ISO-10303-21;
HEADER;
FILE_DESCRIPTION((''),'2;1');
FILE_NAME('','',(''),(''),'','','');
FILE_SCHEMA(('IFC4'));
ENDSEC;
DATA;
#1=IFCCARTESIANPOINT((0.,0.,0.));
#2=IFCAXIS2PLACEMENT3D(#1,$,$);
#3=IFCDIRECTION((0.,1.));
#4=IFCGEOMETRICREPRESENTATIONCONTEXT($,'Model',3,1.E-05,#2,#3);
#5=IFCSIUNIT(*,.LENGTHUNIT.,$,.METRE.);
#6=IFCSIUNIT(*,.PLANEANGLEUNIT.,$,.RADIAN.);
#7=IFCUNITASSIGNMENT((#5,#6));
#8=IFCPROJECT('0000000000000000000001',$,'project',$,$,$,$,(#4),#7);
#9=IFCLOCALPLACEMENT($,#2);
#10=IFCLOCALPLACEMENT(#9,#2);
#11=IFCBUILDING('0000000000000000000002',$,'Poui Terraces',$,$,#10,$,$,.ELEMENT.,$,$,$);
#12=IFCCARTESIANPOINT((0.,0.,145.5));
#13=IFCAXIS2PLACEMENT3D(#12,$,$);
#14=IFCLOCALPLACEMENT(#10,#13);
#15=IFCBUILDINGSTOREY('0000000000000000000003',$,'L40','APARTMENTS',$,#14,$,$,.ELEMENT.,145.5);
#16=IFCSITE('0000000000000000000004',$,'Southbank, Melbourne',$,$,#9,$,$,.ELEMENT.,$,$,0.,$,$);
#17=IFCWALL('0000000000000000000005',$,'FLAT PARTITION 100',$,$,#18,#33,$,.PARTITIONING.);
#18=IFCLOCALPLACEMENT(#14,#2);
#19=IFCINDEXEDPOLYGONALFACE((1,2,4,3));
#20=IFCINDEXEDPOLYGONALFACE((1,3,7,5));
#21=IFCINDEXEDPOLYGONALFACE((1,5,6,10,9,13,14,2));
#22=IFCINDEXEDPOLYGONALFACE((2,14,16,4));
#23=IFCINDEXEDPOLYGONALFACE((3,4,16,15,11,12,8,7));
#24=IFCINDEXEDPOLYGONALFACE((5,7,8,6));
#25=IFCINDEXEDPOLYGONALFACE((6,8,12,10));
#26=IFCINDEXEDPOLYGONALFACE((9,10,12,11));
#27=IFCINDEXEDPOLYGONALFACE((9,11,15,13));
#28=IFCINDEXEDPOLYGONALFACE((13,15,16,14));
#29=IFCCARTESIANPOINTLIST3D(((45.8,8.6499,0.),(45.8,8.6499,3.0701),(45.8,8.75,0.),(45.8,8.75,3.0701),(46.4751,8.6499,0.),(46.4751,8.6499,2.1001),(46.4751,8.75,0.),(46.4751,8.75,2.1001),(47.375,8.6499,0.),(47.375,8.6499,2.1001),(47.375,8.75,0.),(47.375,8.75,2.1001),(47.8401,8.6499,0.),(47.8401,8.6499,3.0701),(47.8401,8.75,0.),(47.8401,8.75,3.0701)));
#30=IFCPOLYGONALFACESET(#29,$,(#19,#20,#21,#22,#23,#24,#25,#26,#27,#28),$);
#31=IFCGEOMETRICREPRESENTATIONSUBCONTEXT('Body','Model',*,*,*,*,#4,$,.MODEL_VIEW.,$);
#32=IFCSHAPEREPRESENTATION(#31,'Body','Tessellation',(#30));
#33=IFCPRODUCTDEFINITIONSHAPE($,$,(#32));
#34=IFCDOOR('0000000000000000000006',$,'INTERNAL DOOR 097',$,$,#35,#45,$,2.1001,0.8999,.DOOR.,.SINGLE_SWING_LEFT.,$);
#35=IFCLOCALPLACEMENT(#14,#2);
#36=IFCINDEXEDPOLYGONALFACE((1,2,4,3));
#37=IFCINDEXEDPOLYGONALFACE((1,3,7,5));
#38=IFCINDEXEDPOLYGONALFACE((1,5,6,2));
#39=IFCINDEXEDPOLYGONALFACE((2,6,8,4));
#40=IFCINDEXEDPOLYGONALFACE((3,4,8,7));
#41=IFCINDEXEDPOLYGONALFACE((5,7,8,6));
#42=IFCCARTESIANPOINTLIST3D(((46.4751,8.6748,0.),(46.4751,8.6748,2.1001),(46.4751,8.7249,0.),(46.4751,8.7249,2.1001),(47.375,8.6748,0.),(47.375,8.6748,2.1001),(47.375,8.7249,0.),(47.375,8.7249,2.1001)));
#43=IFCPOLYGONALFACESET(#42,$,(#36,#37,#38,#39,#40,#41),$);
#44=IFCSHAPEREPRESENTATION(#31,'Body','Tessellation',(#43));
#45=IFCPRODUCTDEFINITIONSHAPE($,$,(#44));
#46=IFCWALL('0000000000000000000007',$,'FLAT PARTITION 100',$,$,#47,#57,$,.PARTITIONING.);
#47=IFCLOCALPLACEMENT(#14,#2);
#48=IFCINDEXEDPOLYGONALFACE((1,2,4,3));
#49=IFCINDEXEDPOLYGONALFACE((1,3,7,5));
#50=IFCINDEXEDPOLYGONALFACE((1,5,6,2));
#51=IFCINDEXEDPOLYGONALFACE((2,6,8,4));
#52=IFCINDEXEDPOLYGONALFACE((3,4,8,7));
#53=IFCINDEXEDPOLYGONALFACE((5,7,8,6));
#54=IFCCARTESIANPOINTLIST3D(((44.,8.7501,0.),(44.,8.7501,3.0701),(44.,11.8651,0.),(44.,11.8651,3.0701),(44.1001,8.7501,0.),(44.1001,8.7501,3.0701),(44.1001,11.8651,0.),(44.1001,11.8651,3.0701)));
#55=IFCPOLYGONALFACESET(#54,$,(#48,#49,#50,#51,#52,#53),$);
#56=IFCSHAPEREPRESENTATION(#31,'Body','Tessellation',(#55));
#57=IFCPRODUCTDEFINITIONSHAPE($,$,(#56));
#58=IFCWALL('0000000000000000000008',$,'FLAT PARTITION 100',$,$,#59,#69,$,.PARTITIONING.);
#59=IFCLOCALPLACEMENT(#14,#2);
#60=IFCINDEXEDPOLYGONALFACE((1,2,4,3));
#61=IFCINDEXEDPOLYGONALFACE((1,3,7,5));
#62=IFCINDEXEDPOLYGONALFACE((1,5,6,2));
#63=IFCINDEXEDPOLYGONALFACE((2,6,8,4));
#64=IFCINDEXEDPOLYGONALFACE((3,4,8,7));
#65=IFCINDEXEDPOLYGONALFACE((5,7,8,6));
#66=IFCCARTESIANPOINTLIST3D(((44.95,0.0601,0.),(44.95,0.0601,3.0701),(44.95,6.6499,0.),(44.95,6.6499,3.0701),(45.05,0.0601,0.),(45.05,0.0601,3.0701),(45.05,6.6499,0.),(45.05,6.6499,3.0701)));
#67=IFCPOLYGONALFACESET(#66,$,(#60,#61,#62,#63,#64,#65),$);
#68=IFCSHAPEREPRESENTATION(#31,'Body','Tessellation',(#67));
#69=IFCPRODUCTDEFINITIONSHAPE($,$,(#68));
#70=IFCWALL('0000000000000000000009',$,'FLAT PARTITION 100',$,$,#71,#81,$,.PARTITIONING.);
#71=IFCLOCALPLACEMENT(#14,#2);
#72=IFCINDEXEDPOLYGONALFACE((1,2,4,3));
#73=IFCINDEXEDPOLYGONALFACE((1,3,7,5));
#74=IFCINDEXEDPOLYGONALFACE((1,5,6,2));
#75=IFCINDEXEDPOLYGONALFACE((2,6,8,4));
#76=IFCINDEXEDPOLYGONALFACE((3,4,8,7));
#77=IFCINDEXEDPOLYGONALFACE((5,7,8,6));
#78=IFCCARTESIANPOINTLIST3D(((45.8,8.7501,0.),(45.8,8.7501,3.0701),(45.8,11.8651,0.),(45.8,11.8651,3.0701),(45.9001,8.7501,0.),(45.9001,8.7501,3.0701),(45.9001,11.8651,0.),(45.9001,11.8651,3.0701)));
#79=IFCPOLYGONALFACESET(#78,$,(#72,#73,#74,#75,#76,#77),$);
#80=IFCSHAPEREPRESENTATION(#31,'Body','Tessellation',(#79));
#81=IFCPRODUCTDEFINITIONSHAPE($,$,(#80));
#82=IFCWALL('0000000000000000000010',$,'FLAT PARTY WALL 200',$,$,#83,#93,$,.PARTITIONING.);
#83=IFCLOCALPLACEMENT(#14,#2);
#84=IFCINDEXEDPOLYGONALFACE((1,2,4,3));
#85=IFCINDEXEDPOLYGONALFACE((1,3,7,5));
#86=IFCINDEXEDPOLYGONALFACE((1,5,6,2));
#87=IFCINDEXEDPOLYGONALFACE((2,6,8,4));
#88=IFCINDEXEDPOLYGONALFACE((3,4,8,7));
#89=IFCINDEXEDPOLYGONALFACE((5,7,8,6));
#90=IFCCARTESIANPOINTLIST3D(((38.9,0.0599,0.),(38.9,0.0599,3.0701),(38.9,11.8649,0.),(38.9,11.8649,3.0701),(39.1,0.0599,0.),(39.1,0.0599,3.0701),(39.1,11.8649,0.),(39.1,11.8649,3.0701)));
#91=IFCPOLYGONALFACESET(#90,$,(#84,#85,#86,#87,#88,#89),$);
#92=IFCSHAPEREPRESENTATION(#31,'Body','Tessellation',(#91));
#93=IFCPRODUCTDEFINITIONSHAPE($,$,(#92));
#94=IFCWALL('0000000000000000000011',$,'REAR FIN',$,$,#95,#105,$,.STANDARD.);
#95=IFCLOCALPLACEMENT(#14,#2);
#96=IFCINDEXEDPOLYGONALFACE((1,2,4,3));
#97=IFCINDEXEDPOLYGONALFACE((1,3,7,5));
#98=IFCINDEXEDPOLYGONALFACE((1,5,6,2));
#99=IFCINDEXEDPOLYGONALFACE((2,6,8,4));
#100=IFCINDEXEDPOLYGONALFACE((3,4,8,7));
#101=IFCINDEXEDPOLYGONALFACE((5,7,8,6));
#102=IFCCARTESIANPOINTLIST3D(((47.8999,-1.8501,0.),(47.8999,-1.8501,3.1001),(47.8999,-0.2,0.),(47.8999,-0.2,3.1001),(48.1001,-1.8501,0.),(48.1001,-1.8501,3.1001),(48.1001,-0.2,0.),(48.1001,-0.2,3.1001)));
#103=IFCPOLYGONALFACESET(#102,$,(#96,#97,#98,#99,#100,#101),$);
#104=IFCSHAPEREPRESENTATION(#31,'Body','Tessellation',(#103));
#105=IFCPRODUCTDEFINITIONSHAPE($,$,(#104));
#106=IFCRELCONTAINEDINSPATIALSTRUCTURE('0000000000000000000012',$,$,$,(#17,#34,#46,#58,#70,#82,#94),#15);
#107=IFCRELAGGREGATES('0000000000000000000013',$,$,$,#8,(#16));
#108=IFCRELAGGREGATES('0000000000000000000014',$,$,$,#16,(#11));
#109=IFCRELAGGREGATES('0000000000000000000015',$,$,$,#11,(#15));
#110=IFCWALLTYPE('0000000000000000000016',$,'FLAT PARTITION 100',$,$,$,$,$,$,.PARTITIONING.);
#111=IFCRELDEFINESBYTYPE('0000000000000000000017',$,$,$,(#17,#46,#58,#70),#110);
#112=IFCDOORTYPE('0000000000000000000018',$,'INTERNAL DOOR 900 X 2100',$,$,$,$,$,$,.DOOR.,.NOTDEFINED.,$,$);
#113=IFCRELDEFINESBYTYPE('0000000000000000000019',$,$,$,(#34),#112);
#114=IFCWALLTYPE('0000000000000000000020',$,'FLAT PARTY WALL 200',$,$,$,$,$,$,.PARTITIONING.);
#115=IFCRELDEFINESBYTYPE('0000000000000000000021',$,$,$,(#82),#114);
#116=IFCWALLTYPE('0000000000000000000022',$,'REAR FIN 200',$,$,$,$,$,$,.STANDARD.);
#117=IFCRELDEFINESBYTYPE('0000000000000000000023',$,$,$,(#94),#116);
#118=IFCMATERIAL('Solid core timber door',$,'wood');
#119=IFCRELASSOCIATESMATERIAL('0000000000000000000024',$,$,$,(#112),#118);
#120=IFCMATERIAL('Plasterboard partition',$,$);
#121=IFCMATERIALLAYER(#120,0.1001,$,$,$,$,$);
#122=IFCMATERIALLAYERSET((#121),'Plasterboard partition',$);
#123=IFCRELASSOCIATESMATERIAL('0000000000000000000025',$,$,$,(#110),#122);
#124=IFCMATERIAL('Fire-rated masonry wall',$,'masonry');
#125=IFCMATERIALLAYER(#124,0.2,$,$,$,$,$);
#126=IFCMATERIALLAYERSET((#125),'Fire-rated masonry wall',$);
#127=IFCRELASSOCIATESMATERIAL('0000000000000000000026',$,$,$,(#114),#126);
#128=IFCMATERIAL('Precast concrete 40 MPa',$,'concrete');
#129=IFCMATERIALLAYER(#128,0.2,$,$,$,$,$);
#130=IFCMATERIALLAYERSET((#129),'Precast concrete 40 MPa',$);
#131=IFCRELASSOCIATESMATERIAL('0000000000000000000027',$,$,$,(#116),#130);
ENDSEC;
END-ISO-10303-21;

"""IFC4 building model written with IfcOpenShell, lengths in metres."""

from ifc_helpers import new_model, si_unit, direction, frame, frame_2d, origin, place, context, subcontext, project, spatial, polyline, rectangle, outline, extrude, source, transform, mapped, material, layer, layer_set, type_object, element, fill, save


model = new_model("IFC4")

# Units and contexts
model_context = context("Model", 3, precision=1e-05, world=origin(), true_north=direction((0.0, 1.0)))
body_context = subcontext(model_context, "Body", "Model", "MODEL_VIEW")
ifc_project = project(units=[si_unit("LENGTHUNIT", "METRE"), si_unit("PLANEANGLEUNIT", "RADIAN")], contexts=[model_context])

# Site, building, storey
site_placement = place(None, origin())
site = spatial("IfcSite", under=ifc_project, at=site_placement, Name="Southbank, Melbourne", CompositionType="ELEMENT", RefElevation=0.0)
building_placement = place(site_placement, origin())
building = spatial("IfcBuilding", under=site, at=building_placement, Name="Poui Terraces", CompositionType="ELEMENT")
storey_placement = place(building_placement, frame((0.0, 0.0, 145.5)))
storey = spatial("IfcBuildingStorey", under=building, at=storey_placement, Name="L40", Description="APARTMENTS", CompositionType="ELEMENT", Elevation=145.5)

# Wall, opening, door
ifc_material_1 = material(Name="Solid core timber door", Category="wood")
door_type_1 = type_object("IfcDoorType", Name="INTERNAL DOOR 900 X 2100", OperationType="NOTDEFINED", PredefinedType="DOOR", material=ifc_material_1)
ifc_material_2 = material(Name="Plasterboard partition")
ifc_layer_1 = layer(ifc_material_2, 0.1001)
ifc_layer_set_1 = layer_set([ifc_layer_1], Name="Plasterboard partition")
wall_type_1 = type_object("IfcWallType", Name="FLAT PARTITION 100", PredefinedType="PARTITIONING", material=ifc_layer_set_1)
wall_1_placement = place(storey_placement, frame((45.8, 8.7, 0.0), z_axis=(0.0, 0.0, 1.0), x_axis=(1.0, 0.0, 0.0)))
wall_1 = element("IfcWall", 1, at=wall_1_placement, inside=storey, type_object=wall_type_1, Name="FLAT PARTITION 100", PredefinedType="PARTITIONING", context=body_context, shape_type="SweptSolid", body=[
    extrude(rectangle(XDim=2.04, YDim=0.1001, at=frame_2d((1.02, 0.0))), origin(), (0.0, 0.0, 1.0), 3.0701),
])
opening_1_placement = place(wall_1_placement, frame((0.675, 0.0, 0.0)))
opening_1 = element("IfcOpeningElement", 2, at=opening_1_placement, cuts=wall_1, PredefinedType="OPENING", context=body_context, shape_type="SweptSolid", body=[
    extrude(rectangle(XDim=0.8999, YDim=2.1001, at=frame_2d((0.45, 1.05))), frame((0.0, 0.0601, 0.0), z_axis=(0.0, -1.0, 0.0), x_axis=(1.0, 0.0, 0.0)), (0.0, 0.0, 1.0), 0.1201),
])
door_1_placement = place(opening_1_placement, origin())
door_1 = element("IfcDoor", 3, at=door_1_placement, inside=storey, type_object=door_type_1, Name="INTERNAL DOOR 097", OperationType="SINGLE_SWING_LEFT", OverallHeight=2.1001, OverallWidth=0.8999, PredefinedType="DOOR", context=body_context, shape_type="SweptSolid", body=[
    extrude(rectangle(XDim=0.8999, YDim=2.1001, at=frame_2d((0.45, 1.05))), frame((0.0, 0.0249, 0.0), z_axis=(0.0, -1.0, 0.0), x_axis=(1.0, 0.0, 0.0)), (0.0, 0.0, 1.0), 0.05),
])
fill(opening_1, door_1)

# Walls
wall_2_placement = place(storey_placement, frame((44.05, 8.75, 0.0), z_axis=(0.0, 0.0, 1.0), x_axis=(0.0, 1.0, 0.0)))
element("IfcWall", 4, at=wall_2_placement, inside=storey, type_object=wall_type_1, Name="FLAT PARTITION 100", PredefinedType="PARTITIONING", context=body_context, shape_type="SweptSolid", body=[
    extrude(rectangle(XDim=3.115, YDim=0.1001, at=frame_2d((1.5576, 0.0))), origin(), (0.0, 0.0, 1.0), 3.0701),
])
wall_3_placement = place(storey_placement, frame((45.0, 0.0601, 0.0), z_axis=(0.0, 0.0, 1.0), x_axis=(0.0, 1.0, 0.0)))
element("IfcWall", 5, at=wall_3_placement, inside=storey, type_object=wall_type_1, Name="FLAT PARTITION 100", PredefinedType="PARTITIONING", context=body_context, shape_type="SweptSolid", body=[
    extrude(rectangle(XDim=6.5898, YDim=0.1001, at=frame_2d((3.2949, 0.0))), origin(), (0.0, 0.0, 1.0), 3.0701),
])
wall_4_placement = place(storey_placement, frame((45.8501, 8.75, 0.0), z_axis=(0.0, 0.0, 1.0), x_axis=(0.0, 1.0, 0.0)))
element("IfcWall", 6, at=wall_4_placement, inside=storey, type_object=wall_type_1, Name="FLAT PARTITION 100", PredefinedType="PARTITIONING", context=body_context, shape_type="SweptSolid", body=[
    extrude(rectangle(XDim=3.115, YDim=0.1001, at=frame_2d((1.5576, 0.0))), origin(), (0.0, 0.0, 1.0), 3.0701),
])
ifc_material_3 = material(Name="Fire-rated masonry wall", Category="masonry")
ifc_layer_2 = layer(ifc_material_3, 0.2)
ifc_layer_set_2 = layer_set([ifc_layer_2], Name="Fire-rated masonry wall")
wall_type_2 = type_object("IfcWallType", Name="FLAT PARTY WALL 200", PredefinedType="PARTITIONING", material=ifc_layer_set_2)
wall_5_placement = place(storey_placement, frame((39.0, 0.0601, 0.0), z_axis=(0.0, 0.0, 1.0), x_axis=(0.0, 1.0, 0.0)))
element("IfcWall", 7, at=wall_5_placement, inside=storey, type_object=wall_type_2, Name="FLAT PARTY WALL 200", PredefinedType="PARTITIONING", context=body_context, shape_type="SweptSolid", body=[
    extrude(rectangle(XDim=11.8049, YDim=0.2, at=frame_2d((5.9023, 0.0))), origin(), (0.0, 0.0, 1.0), 3.0701),
])
ifc_material_4 = material(Name="Precast concrete 40 MPa", Category="concrete")
ifc_layer_3 = layer(ifc_material_4, 0.2)
ifc_layer_set_3 = layer_set([ifc_layer_3], Name="Precast concrete 40 MPa")
wall_type_3 = type_object("IfcWallType", Name="REAR FIN 200", PredefinedType="STANDARD", material=ifc_layer_set_3)
shared_shape = source(origin(), body_context, "Body", "SweptSolid", [
    extrude(outline(polyline([(0.0, 0.0), (0.2002, 0.0), (0.2002, 1.6501), (0.0, 1.6501), (0.0, 0.0)])), origin(), (0.0, 0.0, 1.0), 3.1001),
])
wall_6_placement = place(storey_placement, frame((47.8999, -1.8501, 0.0)))
element("IfcWall", 8, at=wall_6_placement, inside=storey, type_object=wall_type_3, Name="REAR FIN", PredefinedType="STANDARD", context=body_context, shape_type="MappedRepresentation", body=[
    mapped(shared_shape, transform((0.0, 0.0, 0.0))),
])

save(model, "model.ifc")
